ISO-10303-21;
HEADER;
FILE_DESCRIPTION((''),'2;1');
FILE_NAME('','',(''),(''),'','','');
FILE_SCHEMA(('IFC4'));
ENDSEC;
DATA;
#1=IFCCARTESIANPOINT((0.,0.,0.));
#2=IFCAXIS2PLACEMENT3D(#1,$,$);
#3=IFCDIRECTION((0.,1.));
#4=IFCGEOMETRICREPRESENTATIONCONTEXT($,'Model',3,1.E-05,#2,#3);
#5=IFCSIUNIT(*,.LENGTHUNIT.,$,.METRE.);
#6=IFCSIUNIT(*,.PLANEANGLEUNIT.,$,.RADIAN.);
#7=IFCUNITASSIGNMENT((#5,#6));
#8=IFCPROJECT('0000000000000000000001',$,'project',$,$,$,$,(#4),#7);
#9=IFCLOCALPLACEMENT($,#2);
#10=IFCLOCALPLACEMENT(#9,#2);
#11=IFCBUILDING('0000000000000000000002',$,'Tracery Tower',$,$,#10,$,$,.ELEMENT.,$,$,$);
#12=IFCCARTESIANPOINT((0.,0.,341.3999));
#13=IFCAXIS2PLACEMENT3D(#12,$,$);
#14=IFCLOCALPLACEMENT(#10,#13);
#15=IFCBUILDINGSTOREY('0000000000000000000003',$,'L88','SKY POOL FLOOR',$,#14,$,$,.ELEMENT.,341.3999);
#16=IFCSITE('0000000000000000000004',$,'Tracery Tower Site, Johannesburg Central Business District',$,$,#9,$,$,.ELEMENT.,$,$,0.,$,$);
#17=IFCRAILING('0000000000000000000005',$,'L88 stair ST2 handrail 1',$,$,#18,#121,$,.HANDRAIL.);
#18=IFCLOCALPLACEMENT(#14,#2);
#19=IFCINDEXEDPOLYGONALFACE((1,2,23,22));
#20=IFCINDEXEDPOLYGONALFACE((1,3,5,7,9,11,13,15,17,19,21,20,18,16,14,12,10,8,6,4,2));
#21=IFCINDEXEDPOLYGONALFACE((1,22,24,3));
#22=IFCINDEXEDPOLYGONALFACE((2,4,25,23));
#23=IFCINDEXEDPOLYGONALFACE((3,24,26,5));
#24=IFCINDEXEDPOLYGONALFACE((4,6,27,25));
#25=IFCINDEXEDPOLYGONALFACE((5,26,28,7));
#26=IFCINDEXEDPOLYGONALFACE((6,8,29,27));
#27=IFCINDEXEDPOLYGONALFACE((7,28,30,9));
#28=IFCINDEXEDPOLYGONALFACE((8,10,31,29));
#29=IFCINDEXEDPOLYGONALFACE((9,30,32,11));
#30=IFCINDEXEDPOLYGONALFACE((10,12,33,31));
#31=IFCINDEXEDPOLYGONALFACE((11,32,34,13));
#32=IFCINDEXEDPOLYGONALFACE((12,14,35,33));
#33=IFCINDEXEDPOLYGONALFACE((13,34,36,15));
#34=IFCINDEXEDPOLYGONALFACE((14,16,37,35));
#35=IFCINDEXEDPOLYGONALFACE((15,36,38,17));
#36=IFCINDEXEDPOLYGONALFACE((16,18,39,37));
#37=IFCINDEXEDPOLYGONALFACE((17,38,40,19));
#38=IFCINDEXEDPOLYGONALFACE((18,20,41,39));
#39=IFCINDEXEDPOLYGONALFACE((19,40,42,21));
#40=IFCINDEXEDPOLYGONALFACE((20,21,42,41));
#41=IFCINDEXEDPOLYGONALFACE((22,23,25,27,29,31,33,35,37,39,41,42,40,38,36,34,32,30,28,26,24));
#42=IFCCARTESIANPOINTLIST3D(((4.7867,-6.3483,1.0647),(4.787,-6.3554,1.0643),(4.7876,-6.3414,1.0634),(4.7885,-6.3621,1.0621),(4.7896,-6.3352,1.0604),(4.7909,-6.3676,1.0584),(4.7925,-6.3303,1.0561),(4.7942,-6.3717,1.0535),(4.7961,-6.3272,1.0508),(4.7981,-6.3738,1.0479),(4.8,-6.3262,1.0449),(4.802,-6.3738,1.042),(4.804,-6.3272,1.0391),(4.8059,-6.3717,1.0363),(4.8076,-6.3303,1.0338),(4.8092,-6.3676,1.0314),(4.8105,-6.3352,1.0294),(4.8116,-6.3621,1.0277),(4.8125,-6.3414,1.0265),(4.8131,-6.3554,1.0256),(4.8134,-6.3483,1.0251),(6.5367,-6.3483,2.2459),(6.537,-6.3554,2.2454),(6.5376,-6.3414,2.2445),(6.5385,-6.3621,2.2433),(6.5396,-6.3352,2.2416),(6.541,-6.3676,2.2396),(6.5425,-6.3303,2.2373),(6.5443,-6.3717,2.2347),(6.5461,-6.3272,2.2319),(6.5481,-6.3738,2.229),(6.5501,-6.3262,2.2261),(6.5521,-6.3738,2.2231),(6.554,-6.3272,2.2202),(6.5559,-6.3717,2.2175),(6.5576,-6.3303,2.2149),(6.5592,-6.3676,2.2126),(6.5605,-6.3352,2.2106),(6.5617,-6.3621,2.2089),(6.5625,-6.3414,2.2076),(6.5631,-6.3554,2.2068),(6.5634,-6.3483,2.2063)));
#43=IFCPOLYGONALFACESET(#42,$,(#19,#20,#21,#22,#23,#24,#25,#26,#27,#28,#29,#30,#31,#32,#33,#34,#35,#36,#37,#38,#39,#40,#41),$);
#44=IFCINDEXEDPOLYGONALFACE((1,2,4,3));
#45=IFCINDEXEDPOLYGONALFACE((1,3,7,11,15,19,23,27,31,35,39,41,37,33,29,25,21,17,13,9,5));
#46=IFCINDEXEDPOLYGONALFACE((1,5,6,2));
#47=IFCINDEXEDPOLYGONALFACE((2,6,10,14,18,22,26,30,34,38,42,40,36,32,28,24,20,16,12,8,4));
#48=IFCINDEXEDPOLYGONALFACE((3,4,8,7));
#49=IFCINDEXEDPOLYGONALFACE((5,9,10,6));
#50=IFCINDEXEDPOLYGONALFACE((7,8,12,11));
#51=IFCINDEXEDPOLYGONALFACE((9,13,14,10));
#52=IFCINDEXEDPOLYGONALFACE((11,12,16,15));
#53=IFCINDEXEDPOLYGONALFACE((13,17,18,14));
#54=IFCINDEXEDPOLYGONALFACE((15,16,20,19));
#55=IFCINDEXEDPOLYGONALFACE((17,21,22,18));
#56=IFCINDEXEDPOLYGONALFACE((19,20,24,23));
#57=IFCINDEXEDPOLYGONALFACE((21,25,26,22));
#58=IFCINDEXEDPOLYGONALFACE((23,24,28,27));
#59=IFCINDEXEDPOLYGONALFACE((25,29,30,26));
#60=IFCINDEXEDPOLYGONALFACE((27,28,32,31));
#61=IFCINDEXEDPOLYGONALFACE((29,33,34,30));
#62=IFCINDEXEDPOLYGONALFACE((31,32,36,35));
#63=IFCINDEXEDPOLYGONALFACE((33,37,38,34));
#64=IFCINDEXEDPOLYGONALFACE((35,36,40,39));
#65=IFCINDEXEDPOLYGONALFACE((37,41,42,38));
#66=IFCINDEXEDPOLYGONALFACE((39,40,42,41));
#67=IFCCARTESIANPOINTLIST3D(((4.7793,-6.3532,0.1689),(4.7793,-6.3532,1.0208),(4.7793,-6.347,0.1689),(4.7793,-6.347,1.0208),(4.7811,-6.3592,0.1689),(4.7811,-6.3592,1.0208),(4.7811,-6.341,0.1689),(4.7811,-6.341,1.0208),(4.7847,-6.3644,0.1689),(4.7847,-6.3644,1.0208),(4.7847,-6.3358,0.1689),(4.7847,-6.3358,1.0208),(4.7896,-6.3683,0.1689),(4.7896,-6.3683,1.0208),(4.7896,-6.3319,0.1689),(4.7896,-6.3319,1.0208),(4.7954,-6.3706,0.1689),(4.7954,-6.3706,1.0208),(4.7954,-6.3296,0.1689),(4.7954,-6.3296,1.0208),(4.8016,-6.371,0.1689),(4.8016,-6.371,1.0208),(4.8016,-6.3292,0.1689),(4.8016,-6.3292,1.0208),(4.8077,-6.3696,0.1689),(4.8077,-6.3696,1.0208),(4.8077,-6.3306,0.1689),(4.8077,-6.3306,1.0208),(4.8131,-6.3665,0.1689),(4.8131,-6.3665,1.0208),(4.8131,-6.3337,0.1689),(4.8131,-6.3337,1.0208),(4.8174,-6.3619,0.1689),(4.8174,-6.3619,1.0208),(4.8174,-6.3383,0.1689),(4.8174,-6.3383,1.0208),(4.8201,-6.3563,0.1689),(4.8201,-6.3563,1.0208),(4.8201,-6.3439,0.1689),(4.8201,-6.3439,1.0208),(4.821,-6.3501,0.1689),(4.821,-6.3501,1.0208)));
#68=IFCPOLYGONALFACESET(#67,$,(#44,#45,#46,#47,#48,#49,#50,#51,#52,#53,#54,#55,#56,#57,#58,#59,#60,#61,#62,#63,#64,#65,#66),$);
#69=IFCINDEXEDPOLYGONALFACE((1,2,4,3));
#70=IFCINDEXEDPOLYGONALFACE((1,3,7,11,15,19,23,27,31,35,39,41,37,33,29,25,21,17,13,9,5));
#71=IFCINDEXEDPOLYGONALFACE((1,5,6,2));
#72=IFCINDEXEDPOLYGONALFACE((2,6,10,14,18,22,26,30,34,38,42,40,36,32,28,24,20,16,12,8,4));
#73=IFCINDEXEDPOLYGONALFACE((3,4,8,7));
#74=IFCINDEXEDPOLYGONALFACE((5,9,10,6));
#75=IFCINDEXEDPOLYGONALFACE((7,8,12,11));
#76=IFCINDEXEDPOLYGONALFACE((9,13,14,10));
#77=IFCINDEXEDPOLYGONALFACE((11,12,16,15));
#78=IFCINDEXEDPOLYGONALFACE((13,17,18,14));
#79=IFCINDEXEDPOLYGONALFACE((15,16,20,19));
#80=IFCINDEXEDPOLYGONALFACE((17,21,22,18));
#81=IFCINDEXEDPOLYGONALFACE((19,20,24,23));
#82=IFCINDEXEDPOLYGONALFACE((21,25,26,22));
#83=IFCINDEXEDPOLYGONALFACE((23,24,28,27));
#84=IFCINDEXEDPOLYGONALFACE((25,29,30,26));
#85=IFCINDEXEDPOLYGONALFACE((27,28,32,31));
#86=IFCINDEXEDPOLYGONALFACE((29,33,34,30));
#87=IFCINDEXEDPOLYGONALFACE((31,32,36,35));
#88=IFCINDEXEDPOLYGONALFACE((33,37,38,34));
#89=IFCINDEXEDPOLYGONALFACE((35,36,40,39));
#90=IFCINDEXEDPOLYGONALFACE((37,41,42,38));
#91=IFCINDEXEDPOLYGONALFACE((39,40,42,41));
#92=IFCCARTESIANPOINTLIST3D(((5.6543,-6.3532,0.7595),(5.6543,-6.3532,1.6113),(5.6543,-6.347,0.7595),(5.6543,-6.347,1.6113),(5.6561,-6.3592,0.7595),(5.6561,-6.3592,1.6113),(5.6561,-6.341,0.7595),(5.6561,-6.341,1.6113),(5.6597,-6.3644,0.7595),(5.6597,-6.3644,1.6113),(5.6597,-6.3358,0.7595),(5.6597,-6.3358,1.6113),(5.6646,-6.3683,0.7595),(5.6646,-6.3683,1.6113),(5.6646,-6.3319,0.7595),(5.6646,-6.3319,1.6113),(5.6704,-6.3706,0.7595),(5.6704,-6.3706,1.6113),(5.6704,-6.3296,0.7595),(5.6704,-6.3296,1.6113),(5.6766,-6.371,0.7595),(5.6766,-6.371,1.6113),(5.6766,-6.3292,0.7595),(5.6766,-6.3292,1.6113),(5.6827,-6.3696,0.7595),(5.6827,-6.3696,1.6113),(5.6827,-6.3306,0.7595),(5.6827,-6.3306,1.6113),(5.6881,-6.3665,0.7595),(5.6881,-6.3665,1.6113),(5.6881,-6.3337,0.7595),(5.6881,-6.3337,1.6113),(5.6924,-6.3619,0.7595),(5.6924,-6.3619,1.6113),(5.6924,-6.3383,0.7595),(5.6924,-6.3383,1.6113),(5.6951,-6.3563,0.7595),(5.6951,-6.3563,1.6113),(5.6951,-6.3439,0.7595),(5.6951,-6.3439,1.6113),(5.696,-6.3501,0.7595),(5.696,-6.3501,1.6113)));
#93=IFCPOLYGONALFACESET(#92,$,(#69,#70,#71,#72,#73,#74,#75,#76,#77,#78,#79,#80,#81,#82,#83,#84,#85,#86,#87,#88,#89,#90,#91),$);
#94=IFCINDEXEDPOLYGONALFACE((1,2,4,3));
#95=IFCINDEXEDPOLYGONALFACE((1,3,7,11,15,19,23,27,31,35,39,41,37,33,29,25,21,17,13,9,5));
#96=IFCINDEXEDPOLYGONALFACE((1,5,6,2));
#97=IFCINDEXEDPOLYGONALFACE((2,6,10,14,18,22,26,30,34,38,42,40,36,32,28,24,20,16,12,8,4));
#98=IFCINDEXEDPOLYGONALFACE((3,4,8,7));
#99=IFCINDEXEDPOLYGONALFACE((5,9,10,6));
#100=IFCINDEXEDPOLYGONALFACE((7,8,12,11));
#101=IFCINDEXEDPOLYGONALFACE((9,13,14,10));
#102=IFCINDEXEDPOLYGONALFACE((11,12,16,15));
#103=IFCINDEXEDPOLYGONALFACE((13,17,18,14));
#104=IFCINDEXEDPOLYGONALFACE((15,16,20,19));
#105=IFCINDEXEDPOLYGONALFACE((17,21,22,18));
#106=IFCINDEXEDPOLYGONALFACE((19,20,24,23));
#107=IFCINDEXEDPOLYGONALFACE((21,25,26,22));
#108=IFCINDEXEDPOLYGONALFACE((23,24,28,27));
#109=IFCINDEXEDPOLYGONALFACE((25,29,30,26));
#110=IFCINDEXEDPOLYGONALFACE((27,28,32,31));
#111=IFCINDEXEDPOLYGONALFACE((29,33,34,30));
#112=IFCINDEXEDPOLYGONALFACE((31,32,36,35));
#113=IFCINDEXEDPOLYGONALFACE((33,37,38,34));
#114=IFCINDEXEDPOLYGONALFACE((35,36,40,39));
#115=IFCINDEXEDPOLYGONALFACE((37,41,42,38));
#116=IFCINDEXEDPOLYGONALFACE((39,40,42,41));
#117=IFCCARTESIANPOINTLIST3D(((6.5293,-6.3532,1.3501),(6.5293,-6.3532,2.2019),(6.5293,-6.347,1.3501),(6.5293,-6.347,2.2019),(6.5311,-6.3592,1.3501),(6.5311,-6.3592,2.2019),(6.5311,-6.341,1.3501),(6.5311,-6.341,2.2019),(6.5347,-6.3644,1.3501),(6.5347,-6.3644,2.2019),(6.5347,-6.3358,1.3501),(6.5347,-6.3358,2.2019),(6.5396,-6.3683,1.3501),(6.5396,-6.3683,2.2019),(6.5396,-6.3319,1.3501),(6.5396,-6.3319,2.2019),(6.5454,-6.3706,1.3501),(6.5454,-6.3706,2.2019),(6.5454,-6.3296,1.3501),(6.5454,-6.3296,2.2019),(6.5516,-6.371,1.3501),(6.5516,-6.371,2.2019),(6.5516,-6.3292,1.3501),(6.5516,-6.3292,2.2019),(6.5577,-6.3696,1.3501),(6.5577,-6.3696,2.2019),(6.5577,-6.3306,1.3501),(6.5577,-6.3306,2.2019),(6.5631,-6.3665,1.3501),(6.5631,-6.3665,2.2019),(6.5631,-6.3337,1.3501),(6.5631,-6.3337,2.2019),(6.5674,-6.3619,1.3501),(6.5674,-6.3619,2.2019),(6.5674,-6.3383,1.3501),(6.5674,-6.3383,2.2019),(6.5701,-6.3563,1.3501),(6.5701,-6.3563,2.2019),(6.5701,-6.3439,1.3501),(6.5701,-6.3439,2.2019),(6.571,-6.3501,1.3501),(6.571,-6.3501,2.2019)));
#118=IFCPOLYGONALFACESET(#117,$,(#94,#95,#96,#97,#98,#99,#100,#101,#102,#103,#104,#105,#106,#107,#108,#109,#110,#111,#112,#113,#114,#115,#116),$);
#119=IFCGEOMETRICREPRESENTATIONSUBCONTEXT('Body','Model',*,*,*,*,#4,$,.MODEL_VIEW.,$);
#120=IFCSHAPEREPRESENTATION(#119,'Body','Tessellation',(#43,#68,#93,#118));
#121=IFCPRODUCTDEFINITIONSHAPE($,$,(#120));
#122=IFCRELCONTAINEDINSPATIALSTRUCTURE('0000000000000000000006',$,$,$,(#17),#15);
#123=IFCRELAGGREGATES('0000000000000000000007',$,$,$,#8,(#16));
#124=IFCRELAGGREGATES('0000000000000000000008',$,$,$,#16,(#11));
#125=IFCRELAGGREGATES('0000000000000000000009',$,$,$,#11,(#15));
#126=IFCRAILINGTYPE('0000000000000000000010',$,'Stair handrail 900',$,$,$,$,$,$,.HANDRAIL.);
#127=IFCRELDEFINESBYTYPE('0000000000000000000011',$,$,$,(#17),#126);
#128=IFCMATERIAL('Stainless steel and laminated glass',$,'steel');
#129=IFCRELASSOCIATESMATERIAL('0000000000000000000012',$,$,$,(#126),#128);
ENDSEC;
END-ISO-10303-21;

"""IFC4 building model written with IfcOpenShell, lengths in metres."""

from ifc_helpers import new_model, si_unit, direction, frame, origin, origin_2d, place, context, subcontext, project, spatial, circle, extrude, material, type_object, element, save


model = new_model("IFC4")

# Units and contexts
model_context = context("Model", 3, precision=1e-05, world=origin(), true_north=direction((0.0, 1.0)))
body_context = subcontext(model_context, "Body", "Model", "MODEL_VIEW")
ifc_project = project(units=[si_unit("LENGTHUNIT", "METRE"), si_unit("PLANEANGLEUNIT", "RADIAN")], contexts=[model_context])

# Site, building, storey
site_placement = place(None, origin())
site = spatial("IfcSite", under=ifc_project, at=site_placement, Name="Tracery Tower Site, Johannesburg Central Business District", CompositionType="ELEMENT", RefElevation=0.0)
building_placement = place(site_placement, origin())
building = spatial("IfcBuilding", under=site, at=building_placement, Name="Tracery Tower", CompositionType="ELEMENT")
storey_placement = place(building_placement, frame((0.0, 0.0, 341.3999)))
storey = spatial("IfcBuildingStorey", under=building, at=storey_placement, Name="L88", Description="SKY POOL FLOOR", CompositionType="ELEMENT", Elevation=341.3999)

# Railing
ifc_material_1 = material(Name="Stainless steel and laminated glass", Category="steel")
railing_type_1 = type_object("IfcRailingType", Name="Stair handrail 900", PredefinedType="HANDRAIL", material=ifc_material_1)
railing_1_placement = place(storey_placement, frame((4.8, -6.3501, 0.1689)))
element("IfcRailing", 1, at=railing_1_placement, inside=storey, type_object=railing_type_1, Name="L88 stair ST2 handrail 1", PredefinedType="HANDRAIL", context=body_context, shape_type="SweptSolid", body=[
    extrude(circle(Radius=0.0239, at=origin_2d()), frame((0.0, 0.0, 0.876), z_axis=(0.82887, 0.0, 0.559441), x_axis=(0.0, 1.0, 0.0)), (0.0, 0.0, 1.0), 2.1113),
    extrude(circle(Radius=0.021, at=origin_2d()), origin(), (0.0, 0.0, 1.0), 0.8518),
    extrude(circle(Radius=0.021, at=origin_2d()), frame((0.875, 0.0, 0.5906)), (0.0, 0.0, 1.0), 0.8518),
    extrude(circle(Radius=0.021, at=origin_2d()), frame((1.75, 0.0, 1.1812)), (0.0, 0.0, 1.0), 0.8518),
])

save(model, "model.ifc")
